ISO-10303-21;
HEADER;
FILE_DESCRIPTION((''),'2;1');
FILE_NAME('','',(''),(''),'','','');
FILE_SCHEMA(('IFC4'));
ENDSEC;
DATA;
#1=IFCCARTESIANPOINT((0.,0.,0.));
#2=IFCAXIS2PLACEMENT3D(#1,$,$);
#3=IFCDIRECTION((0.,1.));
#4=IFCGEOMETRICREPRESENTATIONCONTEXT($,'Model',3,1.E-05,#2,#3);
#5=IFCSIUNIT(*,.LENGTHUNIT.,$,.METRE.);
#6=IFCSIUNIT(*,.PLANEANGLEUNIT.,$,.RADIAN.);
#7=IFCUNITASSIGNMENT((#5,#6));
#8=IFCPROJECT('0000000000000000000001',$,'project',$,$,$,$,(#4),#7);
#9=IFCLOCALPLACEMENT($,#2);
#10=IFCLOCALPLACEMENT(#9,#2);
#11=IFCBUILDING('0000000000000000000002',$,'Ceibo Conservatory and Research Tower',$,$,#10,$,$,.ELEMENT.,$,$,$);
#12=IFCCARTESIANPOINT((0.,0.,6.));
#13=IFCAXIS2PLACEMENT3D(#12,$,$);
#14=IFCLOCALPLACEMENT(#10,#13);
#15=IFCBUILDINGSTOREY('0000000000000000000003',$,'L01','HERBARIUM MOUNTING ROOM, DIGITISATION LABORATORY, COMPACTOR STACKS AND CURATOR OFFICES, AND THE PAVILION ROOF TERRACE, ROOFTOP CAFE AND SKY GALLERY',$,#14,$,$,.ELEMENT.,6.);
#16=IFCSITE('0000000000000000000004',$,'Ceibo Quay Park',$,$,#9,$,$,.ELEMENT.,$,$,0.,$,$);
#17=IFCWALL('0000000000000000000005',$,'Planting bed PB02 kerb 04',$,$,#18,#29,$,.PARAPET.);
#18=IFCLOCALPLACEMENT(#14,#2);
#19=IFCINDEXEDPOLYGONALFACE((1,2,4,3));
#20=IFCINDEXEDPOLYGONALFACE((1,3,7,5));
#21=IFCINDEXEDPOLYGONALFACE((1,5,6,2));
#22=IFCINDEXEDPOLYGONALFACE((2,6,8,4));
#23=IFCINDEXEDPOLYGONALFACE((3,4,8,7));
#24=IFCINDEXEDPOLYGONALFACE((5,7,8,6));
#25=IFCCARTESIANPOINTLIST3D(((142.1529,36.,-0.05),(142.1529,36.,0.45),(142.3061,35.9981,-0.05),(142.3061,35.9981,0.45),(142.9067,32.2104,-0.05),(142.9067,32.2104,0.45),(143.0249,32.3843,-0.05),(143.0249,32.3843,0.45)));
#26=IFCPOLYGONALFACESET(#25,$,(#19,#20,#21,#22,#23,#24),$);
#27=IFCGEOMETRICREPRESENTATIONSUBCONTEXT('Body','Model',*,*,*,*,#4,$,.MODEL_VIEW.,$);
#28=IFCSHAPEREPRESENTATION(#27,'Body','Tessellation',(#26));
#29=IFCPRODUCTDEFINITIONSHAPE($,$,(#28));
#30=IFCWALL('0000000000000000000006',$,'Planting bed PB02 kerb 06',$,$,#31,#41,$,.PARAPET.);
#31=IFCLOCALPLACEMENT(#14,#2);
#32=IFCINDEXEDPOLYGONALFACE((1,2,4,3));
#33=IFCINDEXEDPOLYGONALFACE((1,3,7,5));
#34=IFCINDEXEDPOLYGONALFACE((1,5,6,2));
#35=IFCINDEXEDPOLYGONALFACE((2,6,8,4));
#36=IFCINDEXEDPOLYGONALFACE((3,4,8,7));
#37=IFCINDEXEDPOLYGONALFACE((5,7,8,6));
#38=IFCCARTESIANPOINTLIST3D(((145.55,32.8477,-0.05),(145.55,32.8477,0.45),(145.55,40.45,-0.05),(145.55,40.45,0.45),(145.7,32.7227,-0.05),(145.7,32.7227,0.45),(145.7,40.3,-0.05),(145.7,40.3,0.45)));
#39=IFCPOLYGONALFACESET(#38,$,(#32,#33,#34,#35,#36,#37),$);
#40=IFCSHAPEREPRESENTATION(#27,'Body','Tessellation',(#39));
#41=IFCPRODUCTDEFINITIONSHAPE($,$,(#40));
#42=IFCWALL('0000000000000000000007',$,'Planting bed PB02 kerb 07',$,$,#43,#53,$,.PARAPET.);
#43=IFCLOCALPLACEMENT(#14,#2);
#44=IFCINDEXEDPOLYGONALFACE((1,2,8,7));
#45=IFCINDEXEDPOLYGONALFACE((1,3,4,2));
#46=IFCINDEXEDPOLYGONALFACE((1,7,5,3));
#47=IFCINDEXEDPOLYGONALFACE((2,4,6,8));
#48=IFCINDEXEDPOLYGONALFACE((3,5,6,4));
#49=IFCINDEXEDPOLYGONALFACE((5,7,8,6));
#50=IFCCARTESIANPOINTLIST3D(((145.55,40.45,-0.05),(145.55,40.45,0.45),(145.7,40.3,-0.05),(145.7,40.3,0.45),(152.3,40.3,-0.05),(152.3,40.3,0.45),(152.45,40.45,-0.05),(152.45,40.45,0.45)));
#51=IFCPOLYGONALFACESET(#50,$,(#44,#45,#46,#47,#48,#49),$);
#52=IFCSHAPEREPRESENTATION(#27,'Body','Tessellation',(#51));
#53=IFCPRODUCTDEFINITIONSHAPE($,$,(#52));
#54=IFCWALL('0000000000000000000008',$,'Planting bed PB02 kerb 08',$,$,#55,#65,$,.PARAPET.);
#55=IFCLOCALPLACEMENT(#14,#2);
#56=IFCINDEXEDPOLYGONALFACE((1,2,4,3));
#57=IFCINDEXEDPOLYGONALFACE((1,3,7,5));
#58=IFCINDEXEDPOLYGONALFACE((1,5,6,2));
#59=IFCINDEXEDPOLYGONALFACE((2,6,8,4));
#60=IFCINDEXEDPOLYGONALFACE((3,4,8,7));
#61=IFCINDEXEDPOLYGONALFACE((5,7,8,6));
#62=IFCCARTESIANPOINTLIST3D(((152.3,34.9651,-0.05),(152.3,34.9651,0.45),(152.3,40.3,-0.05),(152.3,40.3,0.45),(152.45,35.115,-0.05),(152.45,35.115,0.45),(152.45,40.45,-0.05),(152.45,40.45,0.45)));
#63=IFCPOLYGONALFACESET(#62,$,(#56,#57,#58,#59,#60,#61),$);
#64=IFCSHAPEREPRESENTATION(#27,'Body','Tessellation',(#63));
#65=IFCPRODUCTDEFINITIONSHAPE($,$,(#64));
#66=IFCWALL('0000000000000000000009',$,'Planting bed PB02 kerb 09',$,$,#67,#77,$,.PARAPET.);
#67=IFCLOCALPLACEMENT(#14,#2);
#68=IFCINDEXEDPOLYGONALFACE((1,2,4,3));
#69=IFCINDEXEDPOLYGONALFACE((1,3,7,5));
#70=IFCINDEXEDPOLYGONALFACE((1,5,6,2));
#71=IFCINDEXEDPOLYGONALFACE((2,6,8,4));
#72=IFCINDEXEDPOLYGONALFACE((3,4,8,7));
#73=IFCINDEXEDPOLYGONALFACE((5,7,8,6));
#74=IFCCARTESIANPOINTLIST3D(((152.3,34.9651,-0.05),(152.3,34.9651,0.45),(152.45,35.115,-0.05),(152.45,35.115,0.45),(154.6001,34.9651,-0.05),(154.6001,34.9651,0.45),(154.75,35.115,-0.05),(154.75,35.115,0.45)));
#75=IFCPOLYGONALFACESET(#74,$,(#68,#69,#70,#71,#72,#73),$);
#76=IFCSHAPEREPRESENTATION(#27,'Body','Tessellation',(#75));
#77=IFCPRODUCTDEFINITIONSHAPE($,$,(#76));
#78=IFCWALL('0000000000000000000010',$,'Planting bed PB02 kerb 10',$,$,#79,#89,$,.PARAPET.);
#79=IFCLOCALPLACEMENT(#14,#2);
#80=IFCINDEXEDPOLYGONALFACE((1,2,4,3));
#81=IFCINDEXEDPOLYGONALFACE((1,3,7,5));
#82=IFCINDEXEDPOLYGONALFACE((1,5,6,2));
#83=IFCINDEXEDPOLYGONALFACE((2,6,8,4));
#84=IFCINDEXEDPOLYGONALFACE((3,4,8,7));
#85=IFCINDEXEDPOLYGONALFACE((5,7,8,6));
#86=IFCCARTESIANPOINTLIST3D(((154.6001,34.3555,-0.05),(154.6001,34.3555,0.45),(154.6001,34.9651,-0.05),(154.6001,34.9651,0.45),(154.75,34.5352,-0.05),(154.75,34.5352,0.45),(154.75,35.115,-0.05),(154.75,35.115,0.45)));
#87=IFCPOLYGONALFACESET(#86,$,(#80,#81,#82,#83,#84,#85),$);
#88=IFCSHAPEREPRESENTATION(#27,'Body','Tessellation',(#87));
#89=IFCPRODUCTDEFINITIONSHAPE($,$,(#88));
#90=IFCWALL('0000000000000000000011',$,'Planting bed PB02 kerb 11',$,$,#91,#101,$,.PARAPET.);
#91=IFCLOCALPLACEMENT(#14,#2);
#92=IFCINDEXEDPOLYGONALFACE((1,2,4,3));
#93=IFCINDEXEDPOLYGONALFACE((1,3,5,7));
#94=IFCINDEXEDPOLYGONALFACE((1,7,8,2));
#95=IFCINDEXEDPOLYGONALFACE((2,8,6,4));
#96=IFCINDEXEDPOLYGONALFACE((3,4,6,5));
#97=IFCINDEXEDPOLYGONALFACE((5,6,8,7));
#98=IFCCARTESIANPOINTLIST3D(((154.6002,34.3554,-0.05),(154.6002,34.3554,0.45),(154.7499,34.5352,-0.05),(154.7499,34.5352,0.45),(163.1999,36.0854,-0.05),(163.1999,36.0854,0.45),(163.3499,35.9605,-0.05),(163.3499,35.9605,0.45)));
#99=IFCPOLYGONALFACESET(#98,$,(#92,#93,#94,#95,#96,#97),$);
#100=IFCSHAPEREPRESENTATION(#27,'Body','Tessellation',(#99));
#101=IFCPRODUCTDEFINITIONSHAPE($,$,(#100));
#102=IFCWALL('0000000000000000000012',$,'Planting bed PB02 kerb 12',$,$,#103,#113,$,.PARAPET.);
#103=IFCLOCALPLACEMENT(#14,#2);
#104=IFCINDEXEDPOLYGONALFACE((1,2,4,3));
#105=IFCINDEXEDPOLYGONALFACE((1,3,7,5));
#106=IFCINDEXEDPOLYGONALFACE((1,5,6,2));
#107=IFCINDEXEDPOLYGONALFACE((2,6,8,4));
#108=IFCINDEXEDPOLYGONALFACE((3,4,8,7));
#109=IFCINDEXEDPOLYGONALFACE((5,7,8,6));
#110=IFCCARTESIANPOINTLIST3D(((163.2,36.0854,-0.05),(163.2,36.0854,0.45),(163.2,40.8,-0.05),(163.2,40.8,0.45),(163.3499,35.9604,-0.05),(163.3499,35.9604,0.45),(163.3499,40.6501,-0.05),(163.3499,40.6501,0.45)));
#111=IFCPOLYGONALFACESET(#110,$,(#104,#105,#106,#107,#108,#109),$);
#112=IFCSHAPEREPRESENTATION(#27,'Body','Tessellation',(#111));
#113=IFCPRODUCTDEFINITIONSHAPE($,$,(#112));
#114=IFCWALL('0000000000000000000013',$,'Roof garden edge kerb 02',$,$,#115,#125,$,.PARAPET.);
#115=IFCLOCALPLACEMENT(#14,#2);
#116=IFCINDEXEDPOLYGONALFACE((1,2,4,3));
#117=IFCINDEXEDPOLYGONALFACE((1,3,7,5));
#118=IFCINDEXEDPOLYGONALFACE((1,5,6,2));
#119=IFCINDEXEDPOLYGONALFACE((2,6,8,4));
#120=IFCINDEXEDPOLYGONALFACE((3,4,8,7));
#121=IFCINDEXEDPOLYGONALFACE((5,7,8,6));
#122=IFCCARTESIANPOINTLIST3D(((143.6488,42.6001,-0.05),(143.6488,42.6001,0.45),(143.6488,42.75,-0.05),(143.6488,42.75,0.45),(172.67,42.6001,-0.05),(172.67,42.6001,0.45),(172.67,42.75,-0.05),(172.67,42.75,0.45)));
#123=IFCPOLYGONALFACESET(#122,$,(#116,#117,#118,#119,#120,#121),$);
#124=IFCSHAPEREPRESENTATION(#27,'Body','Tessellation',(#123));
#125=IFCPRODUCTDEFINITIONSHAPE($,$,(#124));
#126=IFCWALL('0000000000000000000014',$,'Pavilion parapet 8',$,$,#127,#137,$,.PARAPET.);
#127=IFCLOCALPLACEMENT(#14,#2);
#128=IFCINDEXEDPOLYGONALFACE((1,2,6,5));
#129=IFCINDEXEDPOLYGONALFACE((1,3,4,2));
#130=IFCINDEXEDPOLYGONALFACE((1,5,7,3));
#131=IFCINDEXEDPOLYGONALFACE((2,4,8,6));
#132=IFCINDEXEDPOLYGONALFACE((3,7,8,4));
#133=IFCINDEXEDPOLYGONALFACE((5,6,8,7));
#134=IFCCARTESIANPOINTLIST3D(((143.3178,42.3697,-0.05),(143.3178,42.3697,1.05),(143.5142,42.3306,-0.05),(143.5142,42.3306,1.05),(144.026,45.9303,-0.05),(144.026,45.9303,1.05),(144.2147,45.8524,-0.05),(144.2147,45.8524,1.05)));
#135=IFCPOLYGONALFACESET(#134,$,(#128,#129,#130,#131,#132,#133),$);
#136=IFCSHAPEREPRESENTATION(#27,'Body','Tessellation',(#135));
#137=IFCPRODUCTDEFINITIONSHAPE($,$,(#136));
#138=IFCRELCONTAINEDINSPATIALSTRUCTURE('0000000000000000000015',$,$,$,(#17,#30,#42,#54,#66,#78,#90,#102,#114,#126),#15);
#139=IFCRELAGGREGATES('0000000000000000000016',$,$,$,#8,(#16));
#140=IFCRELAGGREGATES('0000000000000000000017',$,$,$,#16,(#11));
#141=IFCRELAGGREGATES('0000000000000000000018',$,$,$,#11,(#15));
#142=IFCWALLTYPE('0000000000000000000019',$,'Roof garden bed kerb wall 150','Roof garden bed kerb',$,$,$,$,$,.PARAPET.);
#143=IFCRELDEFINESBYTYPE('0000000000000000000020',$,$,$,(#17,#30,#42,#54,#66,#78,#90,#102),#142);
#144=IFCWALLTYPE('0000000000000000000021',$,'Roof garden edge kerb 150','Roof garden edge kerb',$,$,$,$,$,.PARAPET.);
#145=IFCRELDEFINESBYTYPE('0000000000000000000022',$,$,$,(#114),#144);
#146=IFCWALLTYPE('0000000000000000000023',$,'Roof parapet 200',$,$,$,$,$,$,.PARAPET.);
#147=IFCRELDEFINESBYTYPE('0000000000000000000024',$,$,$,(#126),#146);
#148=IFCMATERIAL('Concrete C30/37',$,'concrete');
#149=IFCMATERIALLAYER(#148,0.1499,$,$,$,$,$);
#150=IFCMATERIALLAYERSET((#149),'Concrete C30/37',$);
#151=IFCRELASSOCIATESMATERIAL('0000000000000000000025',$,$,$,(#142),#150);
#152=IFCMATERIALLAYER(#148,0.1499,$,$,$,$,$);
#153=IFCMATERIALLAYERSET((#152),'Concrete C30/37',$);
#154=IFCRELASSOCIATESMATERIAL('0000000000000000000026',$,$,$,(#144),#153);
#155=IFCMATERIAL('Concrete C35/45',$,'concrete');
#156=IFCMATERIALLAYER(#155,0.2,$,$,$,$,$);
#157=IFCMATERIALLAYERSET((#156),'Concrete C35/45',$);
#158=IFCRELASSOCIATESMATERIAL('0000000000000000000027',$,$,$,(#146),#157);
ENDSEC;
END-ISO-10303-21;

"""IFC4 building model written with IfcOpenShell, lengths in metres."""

from ifc_helpers import new_model, si_unit, direction, frame, frame_2d, origin, place, context, subcontext, project, spatial, polyline, rectangle, outline, extrude, material, layer, layer_set, type_object, element, save


model = new_model("IFC4")

# Units and contexts
model_context = context("Model", 3, precision=1e-05, world=origin(), true_north=direction((0.0, 1.0)))
body_context = subcontext(model_context, "Body", "Model", "MODEL_VIEW")
ifc_project = project(units=[si_unit("LENGTHUNIT", "METRE"), si_unit("PLANEANGLEUNIT", "RADIAN")], contexts=[model_context])

# Site, building, storey
site_placement = place(None, origin())
site = spatial("IfcSite", under=ifc_project, at=site_placement, Name="Ceibo Quay Park", CompositionType="ELEMENT", RefElevation=0.0)
building_placement = place(site_placement, origin())
building = spatial("IfcBuilding", under=site, at=building_placement, Name="Ceibo Conservatory and Research Tower", CompositionType="ELEMENT")
storey_placement = place(building_placement, frame((0.0, 0.0, 6.0)))
storey = spatial("IfcBuildingStorey", under=building, at=storey_placement, Name="L01", Description="HERBARIUM MOUNTING ROOM, DIGITISATION LABORATORY, COMPACTOR STACKS AND CURATOR OFFICES, AND THE PAVILION ROOF TERRACE, ROOFTOP CAFE AND SKY GALLERY", CompositionType="ELEMENT", Elevation=6.0)

# Walls
ifc_material_1 = material(Name="Concrete C35/45", Category="concrete")
ifc_material_2 = material(Name="Concrete C30/37", Category="concrete")
ifc_layer_1 = layer(ifc_material_2, 0.1499)
ifc_layer_set_1 = layer_set([ifc_layer_1], Name="Concrete C30/37")
wall_type_1 = type_object("IfcWallType", Name="Roof garden bed kerb wall 150", Description="Roof garden bed kerb", PredefinedType="PARAPET", material=ifc_layer_set_1)
wall_1_placement = place(storey_placement, frame((142.2295, 35.999, -0.05), z_axis=(0.0, 0.0, 1.0), x_axis=(0.195096, -0.980784, 0.0)))
element("IfcWall", 1, at=wall_1_placement, inside=storey, type_object=wall_type_1, Name="Planting bed PB02 kerb 04", PredefinedType="PARAPET", context=body_context, shape_type="SweptSolid", body=[
    extrude(outline(polyline([(-0.0159, -0.075), (3.8479, -0.075), (3.7004, 0.075), (0.0159, 0.075), (-0.0159, -0.075)])), origin(), (0.0, 0.0, 1.0), 0.5),
])
wall_2_placement = place(storey_placement, frame((145.625, 32.7852, -0.05), z_axis=(0.0, 0.0, 1.0), x_axis=(0.0, 1.0, 0.0)))
element("IfcWall", 2, at=wall_2_placement, inside=storey, type_object=wall_type_1, Name="Planting bed PB02 kerb 06", PredefinedType="PARAPET", context=body_context, shape_type="SweptSolid", body=[
    extrude(outline(polyline([(-0.0625, -0.075), (7.5149, -0.075), (7.6648, 0.075), (0.0625, 0.075), (-0.0625, -0.075)])), origin(), (0.0, 0.0, 1.0), 0.5),
])
wall_3_placement = place(storey_placement, frame((145.625, 40.375, -0.05), z_axis=(0.0, 0.0, 1.0), x_axis=(1.0, 0.0, 0.0)))
element("IfcWall", 3, at=wall_3_placement, inside=storey, type_object=wall_type_1, Name="Planting bed PB02 kerb 07", PredefinedType="PARAPET", context=body_context, shape_type="SweptSolid", body=[
    extrude(outline(polyline([(0.075, -0.075), (6.675, -0.075), (6.825, 0.075), (-0.075, 0.075), (0.075, -0.075)])), origin(), (0.0, 0.0, 1.0), 0.5),
])
wall_4_placement = place(storey_placement, frame((152.375, 40.375, -0.05), z_axis=(0.0, 0.0, 1.0), x_axis=(0.0, -1.0, 0.0)))
element("IfcWall", 4, at=wall_4_placement, inside=storey, type_object=wall_type_1, Name="Planting bed PB02 kerb 08", PredefinedType="PARAPET", context=body_context, shape_type="SweptSolid", body=[
    extrude(outline(polyline([(0.075, -0.075), (5.4099, -0.075), (5.26, 0.075), (-0.075, 0.075), (0.075, -0.075)])), origin(), (0.0, 0.0, 1.0), 0.5),
])
wall_5_placement = place(storey_placement, frame((152.375, 35.04, -0.05), z_axis=(0.0, 0.0, 1.0), x_axis=(1.0, 0.0, 0.0)))
element("IfcWall", 5, at=wall_5_placement, inside=storey, type_object=wall_type_1, Name="Planting bed PB02 kerb 09", PredefinedType="PARAPET", context=body_context, shape_type="SweptSolid", body=[
    extrude(outline(polyline([(-0.075, -0.075), (2.2251, -0.075), (2.375, 0.075), (0.075, 0.075), (-0.075, -0.075)])), origin(), (0.0, 0.0, 1.0), 0.5),
])
wall_6_placement = place(storey_placement, frame((154.675, 35.04, -0.05), z_axis=(0.0, 0.0, 1.0), x_axis=(0.0, -1.0, 0.0)))
element("IfcWall", 6, at=wall_6_placement, inside=storey, type_object=wall_type_1, Name="Planting bed PB02 kerb 10", PredefinedType="PARAPET", context=body_context, shape_type="SweptSolid", body=[
    extrude(outline(polyline([(0.075, -0.075), (0.6846, -0.075), (0.5049, 0.075), (-0.075, 0.075), (0.075, -0.075)])), origin(), (0.0, 0.0, 1.0), 0.5),
])
wall_7_placement = place(storey_placement, frame((154.675, 34.4453, -0.05), z_axis=(0.0, 0.0, 1.0), x_axis=(0.983586, 0.180438, 0.0)))
element("IfcWall", 7, at=wall_7_placement, inside=storey, type_object=wall_type_1, Name="Planting bed PB02 kerb 11", PredefinedType="PARAPET", context=body_context, shape_type="SweptSolid", body=[
    extrude(outline(polyline([(-0.0898, -0.075), (8.8059, -0.075), (8.6809, 0.075), (0.0898, 0.075), (-0.0898, -0.075)])), origin(), (0.0, 0.0, 1.0), 0.5),
])
wall_8_placement = place(storey_placement, frame((163.2749, 36.0229, -0.05), z_axis=(0.0, 0.0, 1.0), x_axis=(0.0, 1.0, 0.0)))
element("IfcWall", 8, at=wall_8_placement, inside=storey, type_object=wall_type_1, Name="Planting bed PB02 kerb 12", PredefinedType="PARAPET", context=body_context, shape_type="SweptSolid", body=[
    extrude(outline(polyline([(-0.0625, -0.075), (4.6272, -0.075), (4.7771, 0.075), (0.0625, 0.075), (-0.0625, -0.075)])), origin(), (0.0, 0.0, 1.0), 0.5),
])
ifc_layer_2 = layer(ifc_material_2, 0.1499)
ifc_layer_set_2 = layer_set([ifc_layer_2], Name="Concrete C30/37")
wall_type_2 = type_object("IfcWallType", Name="Roof garden edge kerb 150", Description="Roof garden edge kerb", PredefinedType="PARAPET", material=ifc_layer_set_2)
wall_9_placement = place(storey_placement, frame((143.6487, 42.675, -0.05), z_axis=(0.0, 0.0, 1.0), x_axis=(1.0, 0.0, 0.0)))
element("IfcWall", 9, at=wall_9_placement, inside=storey, type_object=wall_type_2, Name="Roof garden edge kerb 02", PredefinedType="PARAPET", context=body_context, shape_type="SweptSolid", body=[
    extrude(rectangle(XDim=29.0212, YDim=0.1499, at=frame_2d((14.5107, 0.0))), origin(), (0.0, 0.0, 1.0), 0.5),
])
ifc_layer_3 = layer(ifc_material_1, 0.2)
ifc_layer_set_3 = layer_set([ifc_layer_3], Name="Concrete C35/45")
wall_type_3 = type_object("IfcWallType", Name="Roof parapet 200", PredefinedType="PARAPET", material=ifc_layer_set_3)
wall_10_placement = place(storey_placement, frame((144.1204, 45.8914, -0.05), z_axis=(0.0, 0.0, 1.0), x_axis=(-0.195076, -0.980788, 0.0)))
element("IfcWall", 10, at=wall_10_placement, inside=storey, type_object=wall_type_3, Name="Pavilion parapet 8", PredefinedType="PARAPET", context=body_context, shape_type="SweptSolid", body=[
    extrude(outline(polyline([(-0.0198, -0.1001), (3.6106, -0.1001), (3.6106, 0.1001), (0.0198, 0.1001), (-0.0198, -0.1001)])), origin(), (0.0, 0.0, 1.0), 1.1001),
])

save(model, "model.ifc")
